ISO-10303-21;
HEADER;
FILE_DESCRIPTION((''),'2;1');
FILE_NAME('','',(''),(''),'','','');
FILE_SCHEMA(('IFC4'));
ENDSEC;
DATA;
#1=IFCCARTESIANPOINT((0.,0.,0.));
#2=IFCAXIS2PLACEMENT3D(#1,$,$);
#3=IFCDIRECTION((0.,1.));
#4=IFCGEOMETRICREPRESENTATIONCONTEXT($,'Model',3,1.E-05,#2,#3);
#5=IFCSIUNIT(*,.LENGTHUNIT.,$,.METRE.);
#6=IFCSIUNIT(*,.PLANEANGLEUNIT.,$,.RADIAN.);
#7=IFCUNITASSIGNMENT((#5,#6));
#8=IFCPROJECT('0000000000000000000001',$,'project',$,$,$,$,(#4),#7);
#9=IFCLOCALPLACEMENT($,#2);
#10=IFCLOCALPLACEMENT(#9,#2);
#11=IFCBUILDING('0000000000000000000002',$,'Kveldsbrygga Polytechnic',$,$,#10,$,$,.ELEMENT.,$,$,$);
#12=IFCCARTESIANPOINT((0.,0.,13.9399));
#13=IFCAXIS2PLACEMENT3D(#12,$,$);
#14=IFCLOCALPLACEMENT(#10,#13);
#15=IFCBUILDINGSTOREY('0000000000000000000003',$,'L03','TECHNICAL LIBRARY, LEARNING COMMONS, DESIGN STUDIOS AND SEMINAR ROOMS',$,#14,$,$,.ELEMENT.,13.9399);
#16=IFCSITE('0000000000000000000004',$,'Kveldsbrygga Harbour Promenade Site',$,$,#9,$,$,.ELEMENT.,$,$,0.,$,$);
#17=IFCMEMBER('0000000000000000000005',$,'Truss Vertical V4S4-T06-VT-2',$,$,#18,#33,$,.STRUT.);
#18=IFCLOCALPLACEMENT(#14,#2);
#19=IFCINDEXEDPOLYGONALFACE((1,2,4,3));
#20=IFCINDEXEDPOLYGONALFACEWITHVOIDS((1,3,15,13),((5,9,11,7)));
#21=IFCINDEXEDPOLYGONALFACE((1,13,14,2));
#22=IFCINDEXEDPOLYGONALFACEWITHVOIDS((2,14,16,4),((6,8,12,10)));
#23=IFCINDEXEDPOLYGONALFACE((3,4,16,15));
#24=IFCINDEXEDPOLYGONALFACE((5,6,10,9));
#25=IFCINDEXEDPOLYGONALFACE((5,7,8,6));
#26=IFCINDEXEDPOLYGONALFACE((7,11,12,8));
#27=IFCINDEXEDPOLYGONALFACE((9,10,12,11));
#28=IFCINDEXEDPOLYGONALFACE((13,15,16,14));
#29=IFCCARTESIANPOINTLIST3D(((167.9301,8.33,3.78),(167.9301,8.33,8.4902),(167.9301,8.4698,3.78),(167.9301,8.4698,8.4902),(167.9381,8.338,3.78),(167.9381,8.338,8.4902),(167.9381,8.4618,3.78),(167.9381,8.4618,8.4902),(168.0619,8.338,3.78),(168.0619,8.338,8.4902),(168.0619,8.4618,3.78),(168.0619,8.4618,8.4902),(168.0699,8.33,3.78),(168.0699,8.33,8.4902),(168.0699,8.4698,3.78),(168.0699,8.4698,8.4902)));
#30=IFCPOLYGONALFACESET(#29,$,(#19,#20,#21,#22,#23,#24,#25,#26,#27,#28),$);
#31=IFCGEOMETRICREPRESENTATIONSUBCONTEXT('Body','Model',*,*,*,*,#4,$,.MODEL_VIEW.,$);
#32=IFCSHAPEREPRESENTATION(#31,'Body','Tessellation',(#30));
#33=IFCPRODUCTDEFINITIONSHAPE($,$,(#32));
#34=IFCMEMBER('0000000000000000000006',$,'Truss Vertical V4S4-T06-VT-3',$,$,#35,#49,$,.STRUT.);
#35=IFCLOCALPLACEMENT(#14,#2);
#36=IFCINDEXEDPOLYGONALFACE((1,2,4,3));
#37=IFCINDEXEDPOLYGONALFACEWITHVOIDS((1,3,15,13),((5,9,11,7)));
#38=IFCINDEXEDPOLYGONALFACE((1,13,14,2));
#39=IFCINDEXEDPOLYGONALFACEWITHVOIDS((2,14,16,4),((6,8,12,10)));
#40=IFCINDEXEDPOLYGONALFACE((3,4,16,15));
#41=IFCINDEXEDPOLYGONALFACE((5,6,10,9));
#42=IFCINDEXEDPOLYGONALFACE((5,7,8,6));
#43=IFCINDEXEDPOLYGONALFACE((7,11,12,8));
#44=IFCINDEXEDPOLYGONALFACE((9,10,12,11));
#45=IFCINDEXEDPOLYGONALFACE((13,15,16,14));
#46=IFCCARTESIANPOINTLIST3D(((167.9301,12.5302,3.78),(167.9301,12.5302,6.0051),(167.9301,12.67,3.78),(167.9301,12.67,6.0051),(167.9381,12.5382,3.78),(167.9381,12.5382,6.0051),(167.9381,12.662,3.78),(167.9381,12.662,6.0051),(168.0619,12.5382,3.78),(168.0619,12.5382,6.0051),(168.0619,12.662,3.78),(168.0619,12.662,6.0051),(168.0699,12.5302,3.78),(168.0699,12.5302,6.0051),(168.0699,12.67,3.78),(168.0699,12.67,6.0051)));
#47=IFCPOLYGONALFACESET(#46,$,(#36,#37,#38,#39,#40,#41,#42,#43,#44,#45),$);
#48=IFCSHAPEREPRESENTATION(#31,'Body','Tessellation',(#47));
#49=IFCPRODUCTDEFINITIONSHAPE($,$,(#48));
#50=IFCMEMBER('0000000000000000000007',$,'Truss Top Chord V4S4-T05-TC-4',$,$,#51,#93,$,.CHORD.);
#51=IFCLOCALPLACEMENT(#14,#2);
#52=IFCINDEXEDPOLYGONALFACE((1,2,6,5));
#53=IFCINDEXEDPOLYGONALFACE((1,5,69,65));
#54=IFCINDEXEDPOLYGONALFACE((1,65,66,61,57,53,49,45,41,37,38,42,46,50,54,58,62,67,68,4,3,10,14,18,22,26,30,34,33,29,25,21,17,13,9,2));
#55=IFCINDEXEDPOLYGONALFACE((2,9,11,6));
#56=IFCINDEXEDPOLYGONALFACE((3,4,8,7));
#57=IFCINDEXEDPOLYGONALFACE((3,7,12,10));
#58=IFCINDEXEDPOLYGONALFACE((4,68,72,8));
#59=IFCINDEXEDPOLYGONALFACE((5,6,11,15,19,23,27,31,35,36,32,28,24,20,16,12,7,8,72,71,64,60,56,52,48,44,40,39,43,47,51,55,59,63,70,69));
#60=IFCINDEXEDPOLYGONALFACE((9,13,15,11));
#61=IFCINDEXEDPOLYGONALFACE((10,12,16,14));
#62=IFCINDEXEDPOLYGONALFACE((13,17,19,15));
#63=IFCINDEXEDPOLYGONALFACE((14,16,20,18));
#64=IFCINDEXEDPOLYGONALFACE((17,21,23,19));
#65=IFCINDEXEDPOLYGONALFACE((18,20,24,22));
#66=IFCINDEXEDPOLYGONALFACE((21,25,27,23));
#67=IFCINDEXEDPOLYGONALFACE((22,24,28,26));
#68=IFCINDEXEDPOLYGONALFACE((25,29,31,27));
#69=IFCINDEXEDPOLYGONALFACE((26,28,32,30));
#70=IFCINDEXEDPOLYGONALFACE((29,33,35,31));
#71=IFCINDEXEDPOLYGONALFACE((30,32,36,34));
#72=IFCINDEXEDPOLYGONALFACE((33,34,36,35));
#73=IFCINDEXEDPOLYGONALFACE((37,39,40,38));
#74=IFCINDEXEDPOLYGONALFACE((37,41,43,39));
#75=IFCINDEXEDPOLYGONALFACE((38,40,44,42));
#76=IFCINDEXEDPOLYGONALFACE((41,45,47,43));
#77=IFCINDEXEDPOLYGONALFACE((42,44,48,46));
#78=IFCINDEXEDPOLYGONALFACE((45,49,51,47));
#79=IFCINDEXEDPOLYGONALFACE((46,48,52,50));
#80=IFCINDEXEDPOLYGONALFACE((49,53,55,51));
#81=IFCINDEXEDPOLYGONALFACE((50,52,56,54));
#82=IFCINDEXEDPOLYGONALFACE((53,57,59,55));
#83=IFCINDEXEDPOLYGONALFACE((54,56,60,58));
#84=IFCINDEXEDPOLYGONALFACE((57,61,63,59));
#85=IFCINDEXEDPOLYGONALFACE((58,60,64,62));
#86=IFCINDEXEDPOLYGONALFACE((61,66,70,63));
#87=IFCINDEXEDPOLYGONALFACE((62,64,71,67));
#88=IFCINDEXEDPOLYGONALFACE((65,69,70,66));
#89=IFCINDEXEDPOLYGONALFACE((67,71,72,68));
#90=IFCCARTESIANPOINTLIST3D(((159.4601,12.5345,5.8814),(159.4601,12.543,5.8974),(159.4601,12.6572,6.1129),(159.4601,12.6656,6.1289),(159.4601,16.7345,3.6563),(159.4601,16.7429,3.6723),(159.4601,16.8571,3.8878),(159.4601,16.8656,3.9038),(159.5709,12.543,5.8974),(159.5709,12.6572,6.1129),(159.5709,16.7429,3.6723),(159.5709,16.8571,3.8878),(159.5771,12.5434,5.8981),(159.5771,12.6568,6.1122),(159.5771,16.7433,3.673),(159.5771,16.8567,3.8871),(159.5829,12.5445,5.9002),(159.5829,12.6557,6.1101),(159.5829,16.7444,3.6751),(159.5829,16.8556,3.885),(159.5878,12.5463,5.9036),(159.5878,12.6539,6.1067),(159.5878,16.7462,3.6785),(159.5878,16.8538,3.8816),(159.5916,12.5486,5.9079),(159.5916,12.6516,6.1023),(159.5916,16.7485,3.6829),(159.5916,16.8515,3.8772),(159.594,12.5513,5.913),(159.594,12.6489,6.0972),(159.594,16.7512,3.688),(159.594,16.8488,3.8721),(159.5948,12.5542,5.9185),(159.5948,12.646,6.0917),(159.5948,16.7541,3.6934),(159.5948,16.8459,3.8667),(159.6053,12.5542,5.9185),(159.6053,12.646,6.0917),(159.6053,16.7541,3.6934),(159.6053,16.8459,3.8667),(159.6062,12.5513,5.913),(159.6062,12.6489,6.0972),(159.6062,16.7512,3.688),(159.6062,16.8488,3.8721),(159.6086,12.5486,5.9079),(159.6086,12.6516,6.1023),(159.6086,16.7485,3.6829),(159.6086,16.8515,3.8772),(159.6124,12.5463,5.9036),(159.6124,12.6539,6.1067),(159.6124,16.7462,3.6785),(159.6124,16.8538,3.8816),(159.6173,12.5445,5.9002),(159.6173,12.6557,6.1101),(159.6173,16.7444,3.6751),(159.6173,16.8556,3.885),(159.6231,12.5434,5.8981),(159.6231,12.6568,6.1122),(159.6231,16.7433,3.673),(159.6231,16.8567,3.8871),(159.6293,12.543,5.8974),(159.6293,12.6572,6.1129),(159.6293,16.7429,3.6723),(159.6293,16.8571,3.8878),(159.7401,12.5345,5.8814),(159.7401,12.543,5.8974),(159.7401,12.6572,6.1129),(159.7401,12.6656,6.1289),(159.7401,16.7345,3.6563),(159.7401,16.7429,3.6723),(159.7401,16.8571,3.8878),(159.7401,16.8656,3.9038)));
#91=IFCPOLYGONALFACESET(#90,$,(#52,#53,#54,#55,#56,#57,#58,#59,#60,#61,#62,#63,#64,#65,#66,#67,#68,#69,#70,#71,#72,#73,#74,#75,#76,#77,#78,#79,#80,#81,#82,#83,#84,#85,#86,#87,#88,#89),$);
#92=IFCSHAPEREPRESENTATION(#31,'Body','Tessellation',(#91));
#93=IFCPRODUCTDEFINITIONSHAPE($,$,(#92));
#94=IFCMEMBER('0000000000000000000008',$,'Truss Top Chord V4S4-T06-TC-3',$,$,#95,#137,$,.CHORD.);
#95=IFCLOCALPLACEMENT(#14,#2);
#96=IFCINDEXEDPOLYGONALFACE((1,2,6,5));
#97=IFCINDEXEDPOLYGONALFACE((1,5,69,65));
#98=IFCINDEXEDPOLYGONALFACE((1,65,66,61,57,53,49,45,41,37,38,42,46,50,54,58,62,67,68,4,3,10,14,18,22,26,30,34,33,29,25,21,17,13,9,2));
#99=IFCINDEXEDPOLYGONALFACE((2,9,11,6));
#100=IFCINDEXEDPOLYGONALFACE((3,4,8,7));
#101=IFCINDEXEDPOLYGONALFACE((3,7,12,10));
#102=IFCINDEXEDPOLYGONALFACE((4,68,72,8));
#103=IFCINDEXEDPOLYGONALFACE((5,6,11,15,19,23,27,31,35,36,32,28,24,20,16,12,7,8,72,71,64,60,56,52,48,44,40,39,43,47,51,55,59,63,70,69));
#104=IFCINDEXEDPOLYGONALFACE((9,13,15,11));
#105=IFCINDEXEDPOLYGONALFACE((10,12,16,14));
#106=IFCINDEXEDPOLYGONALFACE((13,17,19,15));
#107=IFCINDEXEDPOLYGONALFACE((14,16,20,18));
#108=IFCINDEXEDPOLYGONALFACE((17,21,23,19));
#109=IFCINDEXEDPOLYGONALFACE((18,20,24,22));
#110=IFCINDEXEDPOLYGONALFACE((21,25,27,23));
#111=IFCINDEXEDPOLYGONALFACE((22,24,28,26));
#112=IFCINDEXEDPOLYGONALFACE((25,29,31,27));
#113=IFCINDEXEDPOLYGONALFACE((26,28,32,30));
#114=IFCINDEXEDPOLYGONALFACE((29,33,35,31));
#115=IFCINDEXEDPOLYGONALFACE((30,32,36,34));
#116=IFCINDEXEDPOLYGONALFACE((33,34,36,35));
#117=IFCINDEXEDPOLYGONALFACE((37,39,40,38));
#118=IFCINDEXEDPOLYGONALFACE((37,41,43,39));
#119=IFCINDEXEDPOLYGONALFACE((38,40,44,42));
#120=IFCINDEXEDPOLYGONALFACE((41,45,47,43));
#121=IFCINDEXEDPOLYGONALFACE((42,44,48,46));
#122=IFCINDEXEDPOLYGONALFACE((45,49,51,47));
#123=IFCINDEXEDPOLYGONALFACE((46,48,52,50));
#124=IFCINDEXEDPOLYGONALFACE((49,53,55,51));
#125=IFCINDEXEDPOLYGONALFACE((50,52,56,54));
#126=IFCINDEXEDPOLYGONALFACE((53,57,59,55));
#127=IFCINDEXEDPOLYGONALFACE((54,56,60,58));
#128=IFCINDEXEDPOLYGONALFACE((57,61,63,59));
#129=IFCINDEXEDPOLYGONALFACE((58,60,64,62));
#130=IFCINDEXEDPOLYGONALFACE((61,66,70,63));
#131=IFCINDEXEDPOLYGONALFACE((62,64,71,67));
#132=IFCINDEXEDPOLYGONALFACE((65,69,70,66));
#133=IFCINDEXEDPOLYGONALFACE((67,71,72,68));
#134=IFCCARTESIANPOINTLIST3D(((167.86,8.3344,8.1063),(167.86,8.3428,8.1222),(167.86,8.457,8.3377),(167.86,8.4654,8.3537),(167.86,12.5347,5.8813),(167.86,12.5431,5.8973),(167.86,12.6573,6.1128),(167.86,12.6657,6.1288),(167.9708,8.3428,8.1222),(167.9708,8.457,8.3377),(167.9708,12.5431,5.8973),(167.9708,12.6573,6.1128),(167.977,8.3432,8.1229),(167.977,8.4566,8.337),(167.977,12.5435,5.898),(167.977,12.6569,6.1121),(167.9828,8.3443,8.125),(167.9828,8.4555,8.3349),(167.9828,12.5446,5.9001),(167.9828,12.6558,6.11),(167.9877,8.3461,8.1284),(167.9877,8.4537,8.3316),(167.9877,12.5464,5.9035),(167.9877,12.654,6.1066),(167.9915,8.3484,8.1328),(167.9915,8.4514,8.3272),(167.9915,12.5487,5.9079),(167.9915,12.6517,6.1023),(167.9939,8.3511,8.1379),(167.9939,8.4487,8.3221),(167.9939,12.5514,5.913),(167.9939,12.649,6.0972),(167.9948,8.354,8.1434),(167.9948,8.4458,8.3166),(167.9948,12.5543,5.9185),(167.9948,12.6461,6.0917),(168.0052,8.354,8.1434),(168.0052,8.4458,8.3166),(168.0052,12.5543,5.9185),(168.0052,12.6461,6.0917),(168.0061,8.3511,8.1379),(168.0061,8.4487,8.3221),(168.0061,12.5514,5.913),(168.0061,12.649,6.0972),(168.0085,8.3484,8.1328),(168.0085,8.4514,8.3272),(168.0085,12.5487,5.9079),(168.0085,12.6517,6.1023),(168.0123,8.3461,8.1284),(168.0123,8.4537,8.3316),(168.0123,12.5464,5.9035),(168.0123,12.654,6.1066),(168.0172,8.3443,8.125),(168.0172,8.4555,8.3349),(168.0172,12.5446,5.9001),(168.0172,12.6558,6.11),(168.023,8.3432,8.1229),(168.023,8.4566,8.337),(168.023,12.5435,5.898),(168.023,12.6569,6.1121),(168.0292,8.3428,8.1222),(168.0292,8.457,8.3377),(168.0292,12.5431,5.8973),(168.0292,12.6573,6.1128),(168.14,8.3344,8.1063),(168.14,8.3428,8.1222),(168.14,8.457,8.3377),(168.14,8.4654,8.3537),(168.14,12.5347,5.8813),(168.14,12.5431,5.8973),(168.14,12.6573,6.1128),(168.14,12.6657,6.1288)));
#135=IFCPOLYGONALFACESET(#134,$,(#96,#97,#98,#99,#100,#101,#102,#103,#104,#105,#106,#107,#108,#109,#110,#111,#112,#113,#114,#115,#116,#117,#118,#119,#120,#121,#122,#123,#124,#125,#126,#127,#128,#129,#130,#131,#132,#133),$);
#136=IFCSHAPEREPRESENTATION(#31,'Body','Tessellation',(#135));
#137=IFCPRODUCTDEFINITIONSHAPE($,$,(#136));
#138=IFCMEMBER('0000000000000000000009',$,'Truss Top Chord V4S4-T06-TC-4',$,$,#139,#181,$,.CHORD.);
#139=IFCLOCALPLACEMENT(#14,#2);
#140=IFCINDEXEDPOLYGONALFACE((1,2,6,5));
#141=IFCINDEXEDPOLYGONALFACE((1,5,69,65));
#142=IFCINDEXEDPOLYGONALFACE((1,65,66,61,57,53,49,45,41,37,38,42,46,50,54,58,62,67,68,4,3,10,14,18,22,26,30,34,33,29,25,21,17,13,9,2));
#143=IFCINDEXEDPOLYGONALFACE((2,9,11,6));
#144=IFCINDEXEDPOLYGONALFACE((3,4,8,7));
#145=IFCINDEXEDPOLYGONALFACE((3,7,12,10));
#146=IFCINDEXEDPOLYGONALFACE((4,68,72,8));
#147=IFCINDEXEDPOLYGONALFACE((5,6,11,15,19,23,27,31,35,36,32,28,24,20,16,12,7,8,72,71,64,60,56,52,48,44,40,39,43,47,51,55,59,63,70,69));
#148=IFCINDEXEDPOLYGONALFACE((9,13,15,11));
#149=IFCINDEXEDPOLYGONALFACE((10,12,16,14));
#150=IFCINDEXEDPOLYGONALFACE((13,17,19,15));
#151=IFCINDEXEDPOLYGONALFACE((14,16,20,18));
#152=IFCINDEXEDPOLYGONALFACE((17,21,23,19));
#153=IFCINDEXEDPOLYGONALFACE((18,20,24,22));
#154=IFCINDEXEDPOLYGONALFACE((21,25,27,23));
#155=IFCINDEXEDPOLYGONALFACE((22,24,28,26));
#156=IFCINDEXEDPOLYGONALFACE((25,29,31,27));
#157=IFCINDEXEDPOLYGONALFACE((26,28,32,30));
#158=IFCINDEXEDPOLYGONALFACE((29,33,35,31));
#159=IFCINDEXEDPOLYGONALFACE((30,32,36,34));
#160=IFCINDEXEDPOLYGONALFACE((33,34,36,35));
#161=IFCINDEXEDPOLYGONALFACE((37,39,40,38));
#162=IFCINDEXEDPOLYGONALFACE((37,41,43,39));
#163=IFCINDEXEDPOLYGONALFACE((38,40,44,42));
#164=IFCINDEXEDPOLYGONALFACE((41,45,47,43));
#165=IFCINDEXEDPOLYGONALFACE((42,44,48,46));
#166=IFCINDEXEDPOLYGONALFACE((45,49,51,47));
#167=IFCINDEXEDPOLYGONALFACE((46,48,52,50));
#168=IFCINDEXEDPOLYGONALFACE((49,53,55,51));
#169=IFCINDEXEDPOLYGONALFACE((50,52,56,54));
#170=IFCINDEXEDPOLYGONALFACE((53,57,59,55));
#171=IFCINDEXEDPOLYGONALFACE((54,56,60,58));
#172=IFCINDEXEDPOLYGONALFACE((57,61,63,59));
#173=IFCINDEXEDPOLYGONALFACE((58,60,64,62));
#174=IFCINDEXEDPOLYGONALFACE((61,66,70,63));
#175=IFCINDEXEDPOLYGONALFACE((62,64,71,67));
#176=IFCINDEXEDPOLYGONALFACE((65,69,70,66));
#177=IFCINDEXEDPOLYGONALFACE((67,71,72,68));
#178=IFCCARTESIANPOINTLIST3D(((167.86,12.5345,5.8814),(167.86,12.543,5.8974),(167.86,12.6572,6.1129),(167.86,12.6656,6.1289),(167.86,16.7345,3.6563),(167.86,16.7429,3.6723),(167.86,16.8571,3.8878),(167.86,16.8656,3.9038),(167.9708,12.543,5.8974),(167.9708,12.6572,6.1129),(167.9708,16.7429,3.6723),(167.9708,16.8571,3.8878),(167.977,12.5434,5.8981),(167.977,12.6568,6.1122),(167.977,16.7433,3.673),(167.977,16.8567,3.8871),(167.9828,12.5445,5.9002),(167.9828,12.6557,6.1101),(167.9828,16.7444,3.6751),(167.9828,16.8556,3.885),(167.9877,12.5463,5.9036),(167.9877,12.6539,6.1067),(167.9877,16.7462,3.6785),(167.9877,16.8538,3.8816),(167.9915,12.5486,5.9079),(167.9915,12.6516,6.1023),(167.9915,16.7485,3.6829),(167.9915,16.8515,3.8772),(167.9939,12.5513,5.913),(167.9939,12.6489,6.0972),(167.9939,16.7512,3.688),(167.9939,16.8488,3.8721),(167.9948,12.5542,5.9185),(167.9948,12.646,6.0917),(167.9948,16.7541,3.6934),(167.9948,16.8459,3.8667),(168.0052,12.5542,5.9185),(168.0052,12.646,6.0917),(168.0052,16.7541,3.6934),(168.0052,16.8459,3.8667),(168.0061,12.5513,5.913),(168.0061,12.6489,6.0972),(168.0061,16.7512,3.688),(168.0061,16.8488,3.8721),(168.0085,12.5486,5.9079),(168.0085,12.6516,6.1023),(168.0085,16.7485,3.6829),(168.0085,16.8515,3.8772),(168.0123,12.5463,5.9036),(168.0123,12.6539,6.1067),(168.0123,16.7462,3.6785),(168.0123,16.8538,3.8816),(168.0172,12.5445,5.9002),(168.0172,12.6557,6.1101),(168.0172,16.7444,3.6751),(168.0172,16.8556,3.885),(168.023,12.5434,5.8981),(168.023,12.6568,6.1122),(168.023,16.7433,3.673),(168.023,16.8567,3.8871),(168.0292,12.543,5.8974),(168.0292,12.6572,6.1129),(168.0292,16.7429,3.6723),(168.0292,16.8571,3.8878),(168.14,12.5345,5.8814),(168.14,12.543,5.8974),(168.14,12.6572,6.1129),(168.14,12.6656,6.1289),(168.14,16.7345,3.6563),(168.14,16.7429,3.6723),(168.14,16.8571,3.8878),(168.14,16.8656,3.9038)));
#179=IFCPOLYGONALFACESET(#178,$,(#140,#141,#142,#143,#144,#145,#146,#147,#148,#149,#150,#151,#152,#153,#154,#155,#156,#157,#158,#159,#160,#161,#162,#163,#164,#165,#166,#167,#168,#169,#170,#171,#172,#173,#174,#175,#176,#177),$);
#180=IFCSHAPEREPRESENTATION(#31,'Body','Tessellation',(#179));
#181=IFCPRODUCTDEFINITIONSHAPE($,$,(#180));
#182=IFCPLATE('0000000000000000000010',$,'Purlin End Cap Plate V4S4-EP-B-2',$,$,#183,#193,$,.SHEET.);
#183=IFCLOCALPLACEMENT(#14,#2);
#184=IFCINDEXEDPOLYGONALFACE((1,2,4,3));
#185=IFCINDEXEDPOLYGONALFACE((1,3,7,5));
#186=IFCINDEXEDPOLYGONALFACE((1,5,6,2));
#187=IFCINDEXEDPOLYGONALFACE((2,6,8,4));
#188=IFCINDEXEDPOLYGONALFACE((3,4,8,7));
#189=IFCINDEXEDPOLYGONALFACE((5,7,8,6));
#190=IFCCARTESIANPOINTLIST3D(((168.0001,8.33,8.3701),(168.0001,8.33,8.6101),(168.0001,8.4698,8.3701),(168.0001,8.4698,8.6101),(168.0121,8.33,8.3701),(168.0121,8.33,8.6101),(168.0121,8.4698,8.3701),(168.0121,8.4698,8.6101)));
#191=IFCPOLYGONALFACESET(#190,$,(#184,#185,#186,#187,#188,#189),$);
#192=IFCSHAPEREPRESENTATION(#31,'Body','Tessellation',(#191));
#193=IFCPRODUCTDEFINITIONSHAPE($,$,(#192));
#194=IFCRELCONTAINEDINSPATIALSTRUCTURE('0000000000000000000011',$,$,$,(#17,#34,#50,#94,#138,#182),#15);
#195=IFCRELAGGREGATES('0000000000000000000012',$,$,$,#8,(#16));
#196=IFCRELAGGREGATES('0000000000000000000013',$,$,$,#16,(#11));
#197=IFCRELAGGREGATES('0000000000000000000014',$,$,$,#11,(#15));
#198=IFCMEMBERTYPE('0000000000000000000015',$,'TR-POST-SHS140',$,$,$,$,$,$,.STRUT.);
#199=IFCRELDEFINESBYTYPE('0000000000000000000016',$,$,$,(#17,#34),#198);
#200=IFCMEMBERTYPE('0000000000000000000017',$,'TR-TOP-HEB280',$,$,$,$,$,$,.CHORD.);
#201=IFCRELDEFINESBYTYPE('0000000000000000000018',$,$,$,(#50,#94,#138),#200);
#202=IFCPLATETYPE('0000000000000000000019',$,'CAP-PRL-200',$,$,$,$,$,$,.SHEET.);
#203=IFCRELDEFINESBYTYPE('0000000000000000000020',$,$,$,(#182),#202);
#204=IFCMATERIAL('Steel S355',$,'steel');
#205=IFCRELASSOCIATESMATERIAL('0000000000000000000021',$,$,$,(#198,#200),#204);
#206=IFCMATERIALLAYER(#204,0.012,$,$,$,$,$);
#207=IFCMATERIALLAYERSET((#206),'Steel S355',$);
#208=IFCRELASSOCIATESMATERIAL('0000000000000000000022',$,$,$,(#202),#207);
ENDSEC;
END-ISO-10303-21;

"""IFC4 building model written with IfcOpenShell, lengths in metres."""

from ifc_helpers import new_model, si_unit, direction, frame, origin, origin_2d, place, context, subcontext, project, spatial, rectangle, hollow_rectangle, i_section, extrude, material, layer, layer_set, material_profile, profile_set, type_object, element, save


model = new_model("IFC4")

# Units and contexts
model_context = context("Model", 3, precision=1e-05, world=origin(), true_north=direction((0.0, 1.0)))
body_context = subcontext(model_context, "Body", "Model", "MODEL_VIEW")
ifc_project = project(units=[si_unit("LENGTHUNIT", "METRE"), si_unit("PLANEANGLEUNIT", "RADIAN")], contexts=[model_context])

# Site, building, storey
site_placement = place(None, origin())
site = spatial("IfcSite", under=ifc_project, at=site_placement, Name="Kveldsbrygga Harbour Promenade Site", CompositionType="ELEMENT", RefElevation=0.0)
building_placement = place(site_placement, origin())
building = spatial("IfcBuilding", under=site, at=building_placement, Name="Kveldsbrygga Polytechnic", CompositionType="ELEMENT")
storey_placement = place(building_placement, frame((0.0, 0.0, 13.9399)))
storey = spatial("IfcBuildingStorey", under=building, at=storey_placement, Name="L03", Description="TECHNICAL LIBRARY, LEARNING COMMONS, DESIGN STUDIOS AND SEMINAR ROOMS", CompositionType="ELEMENT", Elevation=13.9399)

# Members
ifc_material_1 = material(Name="Steel S355", Category="steel")
ifc_material_profile_1 = material_profile(ifc_material_1, hollow_rectangle(XDim=0.1399, YDim=0.1399, WallThickness=0.0081, at=origin_2d()), Name="SHS 140x140x8.0")
ifc_profile_set_1 = profile_set([ifc_material_profile_1], Name="Steel S355")
member_type_1 = type_object("IfcMemberType", Name="TR-POST-SHS140", PredefinedType="STRUT", material=ifc_profile_set_1)
member_1_placement = place(storey_placement, frame((168.0, 8.3999, 3.78), z_axis=(0.0, 0.0, 1.0), x_axis=(1.0, 0.0, 0.0)))
element("IfcMember", 1, at=member_1_placement, inside=storey, type_object=member_type_1, Name="Truss Vertical V4S4-T06-VT-2", PredefinedType="STRUT", context=body_context, shape_type="SweptSolid", body=[
    extrude(hollow_rectangle(XDim=0.1399, YDim=0.1399, WallThickness=0.0081, at=origin_2d()), origin(), (0.0, 0.0, 1.0), 4.7102),
])
member_2_placement = place(storey_placement, frame((168.0, 12.6001, 3.78), z_axis=(0.0, 0.0, 1.0), x_axis=(1.0, 0.0, 0.0)))
element("IfcMember", 2, at=member_2_placement, inside=storey, type_object=member_type_1, Name="Truss Vertical V4S4-T06-VT-3", PredefinedType="STRUT", context=body_context, shape_type="SweptSolid", body=[
    extrude(hollow_rectangle(XDim=0.1399, YDim=0.1399, WallThickness=0.0081, at=origin_2d()), origin(), (0.0, 0.0, 1.0), 2.2251),
])
ifc_material_profile_2 = material_profile(ifc_material_1, i_section(OverallWidth=0.28, OverallDepth=0.28, WebThickness=0.0105, FlangeThickness=0.0181, FilletRadius=0.0239, at=origin_2d()), Name="HEB 280")
ifc_profile_set_2 = profile_set([ifc_material_profile_2], Name="Steel S355")
member_type_2 = type_object("IfcMemberType", Name="TR-TOP-HEB280", PredefinedType="CHORD", material=ifc_profile_set_2)
member_3_placement = place(storey_placement, frame((159.6001, 12.6001, 6.0051), z_axis=(0.0, 0.883649, -0.46815), x_axis=(-1.0, 0.0, 0.0)))
element("IfcMember", 3, at=member_3_placement, inside=storey, type_object=member_type_2, Name="Truss Top Chord V4S4-T05-TC-4", PredefinedType="CHORD", context=body_context, shape_type="SweptSolid", body=[
    extrude(i_section(OverallWidth=0.28, OverallDepth=0.28, WebThickness=0.0105, FlangeThickness=0.0181, FilletRadius=0.0239, at=origin_2d()), origin(), (0.0, 0.0, 1.0), 4.7529),
])
member_4_placement = place(storey_placement, frame((168.0, 8.3999, 8.23), z_axis=(0.0, 0.883682, -0.468088), x_axis=(-1.0, 0.0, 0.0)))
element("IfcMember", 4, at=member_4_placement, inside=storey, type_object=member_type_2, Name="Truss Top Chord V4S4-T06-TC-3", PredefinedType="CHORD", context=body_context, shape_type="SweptSolid", body=[
    extrude(i_section(OverallWidth=0.28, OverallDepth=0.28, WebThickness=0.0105, FlangeThickness=0.0181, FilletRadius=0.0239, at=origin_2d()), origin(), (0.0, 0.0, 1.0), 4.7532),
])
member_5_placement = place(storey_placement, frame((168.0, 12.6001, 6.0051), z_axis=(0.0, 0.883649, -0.46815), x_axis=(-1.0, 0.0, 0.0)))
element("IfcMember", 5, at=member_5_placement, inside=storey, type_object=member_type_2, Name="Truss Top Chord V4S4-T06-TC-4", PredefinedType="CHORD", context=body_context, shape_type="SweptSolid", body=[
    extrude(i_section(OverallWidth=0.28, OverallDepth=0.28, WebThickness=0.0105, FlangeThickness=0.0181, FilletRadius=0.0239, at=origin_2d()), origin(), (0.0, 0.0, 1.0), 4.7529),
])

# Plate
ifc_layer_1 = layer(ifc_material_1, 0.012)
ifc_layer_set_1 = layer_set([ifc_layer_1], Name="Steel S355")
plate_type_1 = type_object("IfcPlateType", Name="CAP-PRL-200", PredefinedType="SHEET", material=ifc_layer_set_1)
plate_placement = place(storey_placement, frame((168.0061, 8.3999, 8.3701), z_axis=(0.0, 0.0, 1.0), x_axis=(1.0, 0.0, 0.0)))
element("IfcPlate", 6, at=plate_placement, inside=storey, type_object=plate_type_1, Name="Purlin End Cap Plate V4S4-EP-B-2", PredefinedType="SHEET", context=body_context, shape_type="SweptSolid", body=[
    extrude(rectangle(XDim=0.012, YDim=0.1399, at=origin_2d()), origin(), (0.0, 0.0, 1.0), 0.24),
])

save(model, "model.ifc")
